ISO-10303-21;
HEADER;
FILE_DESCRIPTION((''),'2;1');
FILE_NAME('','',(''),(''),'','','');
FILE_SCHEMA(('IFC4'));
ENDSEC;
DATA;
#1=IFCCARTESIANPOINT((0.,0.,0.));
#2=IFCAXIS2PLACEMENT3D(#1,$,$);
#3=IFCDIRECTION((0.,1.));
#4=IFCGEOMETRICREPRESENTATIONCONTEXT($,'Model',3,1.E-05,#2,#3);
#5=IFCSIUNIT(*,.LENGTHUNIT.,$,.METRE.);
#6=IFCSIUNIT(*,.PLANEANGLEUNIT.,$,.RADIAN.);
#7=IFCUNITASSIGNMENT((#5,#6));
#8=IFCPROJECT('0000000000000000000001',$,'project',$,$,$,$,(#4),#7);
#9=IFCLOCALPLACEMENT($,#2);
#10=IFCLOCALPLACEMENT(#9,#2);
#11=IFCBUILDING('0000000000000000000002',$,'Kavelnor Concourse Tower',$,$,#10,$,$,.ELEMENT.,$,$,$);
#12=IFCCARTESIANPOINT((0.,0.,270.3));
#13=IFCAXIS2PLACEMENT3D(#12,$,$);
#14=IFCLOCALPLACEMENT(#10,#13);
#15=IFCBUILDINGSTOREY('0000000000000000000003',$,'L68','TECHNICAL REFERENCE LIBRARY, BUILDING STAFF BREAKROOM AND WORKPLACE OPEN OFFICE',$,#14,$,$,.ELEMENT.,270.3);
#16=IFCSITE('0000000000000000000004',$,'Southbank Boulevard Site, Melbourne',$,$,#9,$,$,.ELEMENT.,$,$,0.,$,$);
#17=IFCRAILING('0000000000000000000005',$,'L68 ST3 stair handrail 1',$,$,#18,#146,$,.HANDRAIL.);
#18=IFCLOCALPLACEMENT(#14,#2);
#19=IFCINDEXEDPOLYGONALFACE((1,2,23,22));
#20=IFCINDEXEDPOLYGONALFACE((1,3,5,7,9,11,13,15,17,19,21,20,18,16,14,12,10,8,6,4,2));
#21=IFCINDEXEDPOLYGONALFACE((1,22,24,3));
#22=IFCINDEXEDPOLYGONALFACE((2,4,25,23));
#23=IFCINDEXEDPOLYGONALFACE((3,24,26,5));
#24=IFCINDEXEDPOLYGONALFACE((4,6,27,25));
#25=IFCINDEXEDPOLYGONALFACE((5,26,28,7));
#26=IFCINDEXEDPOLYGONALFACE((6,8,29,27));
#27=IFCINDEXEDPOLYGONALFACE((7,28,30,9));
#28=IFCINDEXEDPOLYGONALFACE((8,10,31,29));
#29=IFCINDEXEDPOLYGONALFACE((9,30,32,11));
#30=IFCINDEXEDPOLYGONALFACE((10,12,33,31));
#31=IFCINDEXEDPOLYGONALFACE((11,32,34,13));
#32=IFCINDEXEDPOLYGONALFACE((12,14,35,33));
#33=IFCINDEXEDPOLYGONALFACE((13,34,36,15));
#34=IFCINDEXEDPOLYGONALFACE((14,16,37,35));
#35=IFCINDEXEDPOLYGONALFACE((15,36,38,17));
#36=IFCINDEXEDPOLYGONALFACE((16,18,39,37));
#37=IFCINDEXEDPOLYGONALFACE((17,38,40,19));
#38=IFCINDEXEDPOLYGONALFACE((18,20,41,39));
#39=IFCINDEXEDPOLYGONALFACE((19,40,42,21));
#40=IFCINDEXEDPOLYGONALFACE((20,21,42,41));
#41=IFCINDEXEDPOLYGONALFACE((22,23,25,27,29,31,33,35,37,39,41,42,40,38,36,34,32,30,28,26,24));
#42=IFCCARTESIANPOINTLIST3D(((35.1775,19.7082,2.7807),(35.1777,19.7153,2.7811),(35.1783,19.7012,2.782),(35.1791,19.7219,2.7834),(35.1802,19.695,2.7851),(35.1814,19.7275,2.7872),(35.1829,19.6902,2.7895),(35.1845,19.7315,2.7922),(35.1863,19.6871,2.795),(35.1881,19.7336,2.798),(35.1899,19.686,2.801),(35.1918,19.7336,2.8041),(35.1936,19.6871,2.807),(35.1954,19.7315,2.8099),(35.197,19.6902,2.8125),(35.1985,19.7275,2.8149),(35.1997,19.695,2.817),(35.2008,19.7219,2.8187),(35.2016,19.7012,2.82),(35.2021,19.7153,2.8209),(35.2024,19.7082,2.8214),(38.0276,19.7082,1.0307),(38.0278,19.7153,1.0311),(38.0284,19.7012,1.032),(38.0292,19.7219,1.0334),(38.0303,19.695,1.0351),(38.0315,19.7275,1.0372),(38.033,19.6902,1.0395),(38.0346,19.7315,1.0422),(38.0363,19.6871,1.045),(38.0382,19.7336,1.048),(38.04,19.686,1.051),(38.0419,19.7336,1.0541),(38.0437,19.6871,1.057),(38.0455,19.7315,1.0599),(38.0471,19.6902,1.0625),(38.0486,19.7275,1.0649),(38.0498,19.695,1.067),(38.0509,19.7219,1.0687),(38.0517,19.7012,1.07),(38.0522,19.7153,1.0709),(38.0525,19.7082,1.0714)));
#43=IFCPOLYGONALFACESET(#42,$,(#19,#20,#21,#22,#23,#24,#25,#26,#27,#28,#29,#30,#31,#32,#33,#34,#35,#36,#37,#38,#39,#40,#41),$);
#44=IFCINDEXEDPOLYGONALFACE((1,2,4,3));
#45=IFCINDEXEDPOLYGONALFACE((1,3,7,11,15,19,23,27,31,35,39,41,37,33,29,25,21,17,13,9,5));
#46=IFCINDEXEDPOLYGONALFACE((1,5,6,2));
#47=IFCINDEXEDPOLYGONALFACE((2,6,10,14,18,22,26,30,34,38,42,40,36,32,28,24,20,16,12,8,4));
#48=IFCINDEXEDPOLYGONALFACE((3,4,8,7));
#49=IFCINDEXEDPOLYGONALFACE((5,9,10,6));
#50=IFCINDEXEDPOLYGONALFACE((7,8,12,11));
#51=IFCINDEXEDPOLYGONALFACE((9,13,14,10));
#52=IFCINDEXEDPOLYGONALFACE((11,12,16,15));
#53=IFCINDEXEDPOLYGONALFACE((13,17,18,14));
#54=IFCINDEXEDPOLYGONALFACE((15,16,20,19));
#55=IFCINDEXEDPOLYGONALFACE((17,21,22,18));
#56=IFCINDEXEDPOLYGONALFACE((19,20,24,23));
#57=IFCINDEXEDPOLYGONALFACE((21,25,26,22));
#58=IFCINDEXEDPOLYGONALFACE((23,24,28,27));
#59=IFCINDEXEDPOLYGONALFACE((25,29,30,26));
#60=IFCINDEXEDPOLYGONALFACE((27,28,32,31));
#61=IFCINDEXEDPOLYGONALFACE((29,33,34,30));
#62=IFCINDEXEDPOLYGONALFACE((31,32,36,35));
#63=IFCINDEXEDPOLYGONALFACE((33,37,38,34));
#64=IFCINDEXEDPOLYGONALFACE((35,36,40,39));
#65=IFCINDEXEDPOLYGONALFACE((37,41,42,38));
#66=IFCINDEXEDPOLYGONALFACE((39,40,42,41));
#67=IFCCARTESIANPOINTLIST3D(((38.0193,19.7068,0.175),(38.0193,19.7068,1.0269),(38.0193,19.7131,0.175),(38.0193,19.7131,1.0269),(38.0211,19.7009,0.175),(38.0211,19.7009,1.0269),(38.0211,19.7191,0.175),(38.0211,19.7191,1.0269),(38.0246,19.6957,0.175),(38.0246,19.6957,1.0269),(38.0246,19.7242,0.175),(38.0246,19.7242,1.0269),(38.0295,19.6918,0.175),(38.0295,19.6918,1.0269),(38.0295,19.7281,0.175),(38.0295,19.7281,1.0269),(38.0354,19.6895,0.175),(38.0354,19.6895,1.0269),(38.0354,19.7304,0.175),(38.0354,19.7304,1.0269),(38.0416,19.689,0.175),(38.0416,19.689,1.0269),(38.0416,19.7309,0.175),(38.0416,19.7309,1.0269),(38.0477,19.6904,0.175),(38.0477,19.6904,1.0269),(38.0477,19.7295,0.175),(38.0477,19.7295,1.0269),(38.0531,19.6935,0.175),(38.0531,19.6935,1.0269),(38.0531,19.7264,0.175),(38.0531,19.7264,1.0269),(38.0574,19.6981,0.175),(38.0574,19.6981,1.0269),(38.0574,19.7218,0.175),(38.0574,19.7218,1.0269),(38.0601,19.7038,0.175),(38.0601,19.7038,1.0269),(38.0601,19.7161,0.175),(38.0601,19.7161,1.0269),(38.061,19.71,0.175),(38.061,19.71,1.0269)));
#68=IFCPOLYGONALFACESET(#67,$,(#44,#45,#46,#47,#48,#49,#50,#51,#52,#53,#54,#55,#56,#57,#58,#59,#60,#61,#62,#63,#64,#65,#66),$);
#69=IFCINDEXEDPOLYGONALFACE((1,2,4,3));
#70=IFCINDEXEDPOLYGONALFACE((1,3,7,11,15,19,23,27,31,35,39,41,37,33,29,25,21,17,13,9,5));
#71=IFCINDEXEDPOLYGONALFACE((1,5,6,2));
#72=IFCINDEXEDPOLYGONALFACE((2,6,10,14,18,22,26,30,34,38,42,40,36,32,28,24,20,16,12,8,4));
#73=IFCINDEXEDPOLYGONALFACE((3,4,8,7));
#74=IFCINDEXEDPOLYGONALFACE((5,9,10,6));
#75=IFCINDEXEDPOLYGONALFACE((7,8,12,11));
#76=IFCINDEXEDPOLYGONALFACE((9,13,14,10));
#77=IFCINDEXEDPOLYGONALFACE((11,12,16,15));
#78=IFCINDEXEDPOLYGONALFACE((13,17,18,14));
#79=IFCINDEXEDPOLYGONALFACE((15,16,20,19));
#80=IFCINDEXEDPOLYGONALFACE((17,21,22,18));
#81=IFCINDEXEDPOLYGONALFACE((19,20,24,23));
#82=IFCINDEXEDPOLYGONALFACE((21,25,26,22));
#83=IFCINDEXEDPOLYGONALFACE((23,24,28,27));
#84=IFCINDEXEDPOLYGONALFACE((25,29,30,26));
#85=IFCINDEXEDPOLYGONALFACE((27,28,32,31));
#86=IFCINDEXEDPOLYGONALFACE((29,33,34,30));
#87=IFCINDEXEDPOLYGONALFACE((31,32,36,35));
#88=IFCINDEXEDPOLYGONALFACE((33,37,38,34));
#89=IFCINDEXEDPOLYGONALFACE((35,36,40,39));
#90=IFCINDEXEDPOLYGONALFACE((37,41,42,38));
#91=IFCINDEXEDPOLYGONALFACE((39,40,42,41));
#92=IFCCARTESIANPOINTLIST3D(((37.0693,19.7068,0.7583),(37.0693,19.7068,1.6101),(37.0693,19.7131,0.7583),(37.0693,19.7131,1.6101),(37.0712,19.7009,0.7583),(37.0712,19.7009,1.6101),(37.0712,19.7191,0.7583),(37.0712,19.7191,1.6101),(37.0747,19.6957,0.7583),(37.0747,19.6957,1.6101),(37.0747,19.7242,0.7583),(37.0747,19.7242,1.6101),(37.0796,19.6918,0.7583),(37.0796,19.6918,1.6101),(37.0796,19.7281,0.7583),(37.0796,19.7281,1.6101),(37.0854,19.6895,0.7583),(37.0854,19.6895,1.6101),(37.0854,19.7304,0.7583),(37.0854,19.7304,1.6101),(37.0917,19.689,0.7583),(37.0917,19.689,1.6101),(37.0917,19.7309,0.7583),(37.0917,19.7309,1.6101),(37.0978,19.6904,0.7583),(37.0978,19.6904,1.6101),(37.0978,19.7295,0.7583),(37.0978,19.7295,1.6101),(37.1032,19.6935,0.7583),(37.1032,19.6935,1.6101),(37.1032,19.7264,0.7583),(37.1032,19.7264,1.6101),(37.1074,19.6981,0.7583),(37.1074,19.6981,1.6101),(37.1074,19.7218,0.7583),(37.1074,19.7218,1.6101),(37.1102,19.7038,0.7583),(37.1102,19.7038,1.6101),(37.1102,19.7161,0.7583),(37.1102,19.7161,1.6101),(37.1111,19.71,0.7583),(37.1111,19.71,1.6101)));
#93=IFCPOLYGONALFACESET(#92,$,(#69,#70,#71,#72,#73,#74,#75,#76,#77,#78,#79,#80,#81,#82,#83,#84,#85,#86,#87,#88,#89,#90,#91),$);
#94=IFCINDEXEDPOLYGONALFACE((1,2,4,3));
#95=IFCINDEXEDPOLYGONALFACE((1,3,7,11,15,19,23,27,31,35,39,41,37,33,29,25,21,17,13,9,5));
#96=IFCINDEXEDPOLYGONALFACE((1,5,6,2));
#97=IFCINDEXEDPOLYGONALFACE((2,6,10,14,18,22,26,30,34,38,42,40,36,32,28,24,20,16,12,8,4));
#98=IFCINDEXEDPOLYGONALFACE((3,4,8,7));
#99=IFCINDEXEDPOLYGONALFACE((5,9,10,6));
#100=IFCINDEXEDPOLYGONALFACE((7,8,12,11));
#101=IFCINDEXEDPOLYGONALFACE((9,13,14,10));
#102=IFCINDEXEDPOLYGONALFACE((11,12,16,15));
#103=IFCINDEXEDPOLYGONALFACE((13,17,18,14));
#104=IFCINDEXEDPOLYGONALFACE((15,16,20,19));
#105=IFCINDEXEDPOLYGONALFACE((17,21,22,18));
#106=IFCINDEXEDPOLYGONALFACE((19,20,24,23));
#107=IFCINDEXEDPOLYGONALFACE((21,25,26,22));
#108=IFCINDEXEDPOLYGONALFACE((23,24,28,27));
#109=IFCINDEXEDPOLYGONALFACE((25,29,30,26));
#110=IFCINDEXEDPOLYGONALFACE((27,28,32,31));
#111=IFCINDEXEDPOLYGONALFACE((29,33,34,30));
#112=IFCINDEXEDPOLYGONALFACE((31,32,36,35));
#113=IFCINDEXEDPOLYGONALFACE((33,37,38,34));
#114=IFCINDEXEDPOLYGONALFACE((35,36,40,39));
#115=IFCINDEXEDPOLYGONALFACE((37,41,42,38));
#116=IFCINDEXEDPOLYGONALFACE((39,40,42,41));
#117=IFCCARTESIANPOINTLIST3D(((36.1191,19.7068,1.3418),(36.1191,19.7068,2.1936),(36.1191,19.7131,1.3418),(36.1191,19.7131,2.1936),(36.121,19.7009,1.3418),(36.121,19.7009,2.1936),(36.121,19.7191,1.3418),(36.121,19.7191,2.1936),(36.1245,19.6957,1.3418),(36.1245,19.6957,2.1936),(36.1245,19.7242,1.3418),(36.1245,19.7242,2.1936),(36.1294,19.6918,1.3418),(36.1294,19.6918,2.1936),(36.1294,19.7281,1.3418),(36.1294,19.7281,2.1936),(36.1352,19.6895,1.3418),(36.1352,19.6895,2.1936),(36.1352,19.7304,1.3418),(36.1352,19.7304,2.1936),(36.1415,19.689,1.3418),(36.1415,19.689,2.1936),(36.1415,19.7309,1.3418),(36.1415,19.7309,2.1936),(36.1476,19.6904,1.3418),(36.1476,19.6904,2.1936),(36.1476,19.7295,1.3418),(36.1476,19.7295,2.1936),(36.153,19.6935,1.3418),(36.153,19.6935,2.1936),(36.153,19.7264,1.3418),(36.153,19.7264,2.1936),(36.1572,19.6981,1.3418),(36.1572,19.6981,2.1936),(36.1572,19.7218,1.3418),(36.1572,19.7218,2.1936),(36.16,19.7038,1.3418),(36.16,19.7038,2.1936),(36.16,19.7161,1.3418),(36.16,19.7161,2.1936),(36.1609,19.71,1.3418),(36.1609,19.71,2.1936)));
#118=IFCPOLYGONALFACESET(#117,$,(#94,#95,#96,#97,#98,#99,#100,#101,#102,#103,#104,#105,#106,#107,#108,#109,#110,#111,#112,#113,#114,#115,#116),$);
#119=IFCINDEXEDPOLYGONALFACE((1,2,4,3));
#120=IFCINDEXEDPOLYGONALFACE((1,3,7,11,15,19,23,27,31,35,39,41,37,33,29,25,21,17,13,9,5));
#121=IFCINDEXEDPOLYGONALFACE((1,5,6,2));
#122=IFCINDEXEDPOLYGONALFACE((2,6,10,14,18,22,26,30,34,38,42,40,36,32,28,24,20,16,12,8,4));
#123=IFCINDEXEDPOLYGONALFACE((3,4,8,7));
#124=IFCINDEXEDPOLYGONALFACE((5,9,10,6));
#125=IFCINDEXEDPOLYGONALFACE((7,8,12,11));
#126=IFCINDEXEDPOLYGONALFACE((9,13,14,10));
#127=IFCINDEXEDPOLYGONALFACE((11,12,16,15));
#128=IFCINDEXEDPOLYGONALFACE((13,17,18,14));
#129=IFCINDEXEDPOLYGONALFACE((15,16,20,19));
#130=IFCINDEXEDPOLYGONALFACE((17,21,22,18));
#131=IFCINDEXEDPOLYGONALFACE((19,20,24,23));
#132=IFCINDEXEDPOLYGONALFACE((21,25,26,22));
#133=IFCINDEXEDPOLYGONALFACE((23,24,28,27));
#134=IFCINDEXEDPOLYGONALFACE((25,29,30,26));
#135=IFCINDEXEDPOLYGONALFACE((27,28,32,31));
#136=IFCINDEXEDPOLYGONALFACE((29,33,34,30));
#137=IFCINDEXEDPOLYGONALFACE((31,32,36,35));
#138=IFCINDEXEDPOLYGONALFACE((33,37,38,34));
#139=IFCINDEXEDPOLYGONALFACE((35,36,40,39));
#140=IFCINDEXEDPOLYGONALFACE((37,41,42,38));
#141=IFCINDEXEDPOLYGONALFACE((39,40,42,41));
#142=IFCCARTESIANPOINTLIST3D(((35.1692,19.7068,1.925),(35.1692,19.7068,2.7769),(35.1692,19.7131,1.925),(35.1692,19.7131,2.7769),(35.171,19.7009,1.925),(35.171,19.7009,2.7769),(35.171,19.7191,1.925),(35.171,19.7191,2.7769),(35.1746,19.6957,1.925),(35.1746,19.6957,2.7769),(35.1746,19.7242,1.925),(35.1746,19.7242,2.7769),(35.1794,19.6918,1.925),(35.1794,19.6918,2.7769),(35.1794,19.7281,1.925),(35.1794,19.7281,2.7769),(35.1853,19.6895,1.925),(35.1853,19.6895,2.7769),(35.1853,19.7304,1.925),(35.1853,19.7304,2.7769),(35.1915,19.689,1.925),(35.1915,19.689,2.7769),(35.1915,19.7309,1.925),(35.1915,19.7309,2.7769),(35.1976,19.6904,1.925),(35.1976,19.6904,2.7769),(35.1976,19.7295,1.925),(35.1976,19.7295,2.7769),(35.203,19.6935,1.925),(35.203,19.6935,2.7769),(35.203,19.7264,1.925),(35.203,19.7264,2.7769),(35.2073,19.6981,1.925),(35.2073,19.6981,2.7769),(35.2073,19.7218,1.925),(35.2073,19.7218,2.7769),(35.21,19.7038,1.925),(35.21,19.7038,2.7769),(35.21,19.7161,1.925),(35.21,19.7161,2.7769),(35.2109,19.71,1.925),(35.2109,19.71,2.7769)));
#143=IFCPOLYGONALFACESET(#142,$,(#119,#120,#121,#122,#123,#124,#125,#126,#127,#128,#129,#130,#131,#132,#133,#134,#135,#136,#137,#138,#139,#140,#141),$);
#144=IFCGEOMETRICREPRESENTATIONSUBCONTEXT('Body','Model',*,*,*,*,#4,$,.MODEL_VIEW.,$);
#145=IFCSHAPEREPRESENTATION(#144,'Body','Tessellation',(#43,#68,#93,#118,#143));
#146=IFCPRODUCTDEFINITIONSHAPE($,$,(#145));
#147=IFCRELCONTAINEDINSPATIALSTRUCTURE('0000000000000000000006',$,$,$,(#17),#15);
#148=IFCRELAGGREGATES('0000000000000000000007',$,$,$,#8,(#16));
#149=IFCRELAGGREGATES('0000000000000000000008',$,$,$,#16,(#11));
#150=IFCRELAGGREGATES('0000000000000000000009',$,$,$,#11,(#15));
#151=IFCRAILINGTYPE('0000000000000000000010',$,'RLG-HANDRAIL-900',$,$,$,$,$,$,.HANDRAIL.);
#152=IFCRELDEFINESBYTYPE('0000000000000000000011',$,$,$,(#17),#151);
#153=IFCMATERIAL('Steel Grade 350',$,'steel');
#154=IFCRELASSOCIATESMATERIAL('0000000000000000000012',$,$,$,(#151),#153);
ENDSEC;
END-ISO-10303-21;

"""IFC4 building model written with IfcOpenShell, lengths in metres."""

from ifc_helpers import new_model, si_unit, direction, frame, origin, origin_2d, place, context, subcontext, project, spatial, circle, extrude, material, type_object, element, save


model = new_model("IFC4")

# Units and contexts
model_context = context("Model", 3, precision=1e-05, world=origin(), true_north=direction((0.0, 1.0)))
body_context = subcontext(model_context, "Body", "Model", "MODEL_VIEW")
ifc_project = project(units=[si_unit("LENGTHUNIT", "METRE"), si_unit("PLANEANGLEUNIT", "RADIAN")], contexts=[model_context])

# Site, building, storey
site_placement = place(None, origin())
site = spatial("IfcSite", under=ifc_project, at=site_placement, Name="Southbank Boulevard Site, Melbourne", CompositionType="ELEMENT", RefElevation=0.0)
building_placement = place(site_placement, origin())
building = spatial("IfcBuilding", under=site, at=building_placement, Name="Kavelnor Concourse Tower", CompositionType="ELEMENT")
storey_placement = place(building_placement, frame((0.0, 0.0, 270.3)))
storey = spatial("IfcBuildingStorey", under=building, at=storey_placement, Name="L68", Description="TECHNICAL REFERENCE LIBRARY, BUILDING STAFF BREAKROOM AND WORKPLACE OPEN OFFICE", CompositionType="ELEMENT", Elevation=270.3)

# Shared definitions
ifc_material_1 = material(Name="Steel Grade 350", Category="steel")

# Railing
railing_type_1 = type_object("IfcRailingType", Name="RLG-HANDRAIL-900", PredefinedType="HANDRAIL", material=ifc_material_1)
railing_1_placement = place(storey_placement, frame((38.04, 19.71, 0.175)))
element("IfcRailing", 1, at=railing_1_placement, inside=storey, type_object=railing_type_1, Name="L68 ST3 stair handrail 1", PredefinedType="HANDRAIL", context=body_context, shape_type="SweptSolid", body=[
    extrude(circle(Radius=0.0239, at=origin_2d()), frame((0.0, 0.0, 0.876), z_axis=(-0.852179, 0.0, 0.52325), x_axis=(0.0, -1.0, 0.0)), (0.0, 0.0, 1.0), 3.3445),
    extrude(circle(Radius=0.021, at=origin_2d()), origin(), (0.0, 0.0, 1.0), 0.8518),
    extrude(circle(Radius=0.021, at=origin_2d()), frame((-0.95, 0.0, 0.5833)), (0.0, 0.0, 1.0), 0.8518),
    extrude(circle(Radius=0.021, at=origin_2d()), frame((-1.9001, 0.0, 1.1667)), (0.0, 0.0, 1.0), 0.8518),
    extrude(circle(Radius=0.021, at=origin_2d()), frame((-2.8501, 0.0, 1.75)), (0.0, 0.0, 1.0), 0.8518),
])

save(model, "model.ifc")
